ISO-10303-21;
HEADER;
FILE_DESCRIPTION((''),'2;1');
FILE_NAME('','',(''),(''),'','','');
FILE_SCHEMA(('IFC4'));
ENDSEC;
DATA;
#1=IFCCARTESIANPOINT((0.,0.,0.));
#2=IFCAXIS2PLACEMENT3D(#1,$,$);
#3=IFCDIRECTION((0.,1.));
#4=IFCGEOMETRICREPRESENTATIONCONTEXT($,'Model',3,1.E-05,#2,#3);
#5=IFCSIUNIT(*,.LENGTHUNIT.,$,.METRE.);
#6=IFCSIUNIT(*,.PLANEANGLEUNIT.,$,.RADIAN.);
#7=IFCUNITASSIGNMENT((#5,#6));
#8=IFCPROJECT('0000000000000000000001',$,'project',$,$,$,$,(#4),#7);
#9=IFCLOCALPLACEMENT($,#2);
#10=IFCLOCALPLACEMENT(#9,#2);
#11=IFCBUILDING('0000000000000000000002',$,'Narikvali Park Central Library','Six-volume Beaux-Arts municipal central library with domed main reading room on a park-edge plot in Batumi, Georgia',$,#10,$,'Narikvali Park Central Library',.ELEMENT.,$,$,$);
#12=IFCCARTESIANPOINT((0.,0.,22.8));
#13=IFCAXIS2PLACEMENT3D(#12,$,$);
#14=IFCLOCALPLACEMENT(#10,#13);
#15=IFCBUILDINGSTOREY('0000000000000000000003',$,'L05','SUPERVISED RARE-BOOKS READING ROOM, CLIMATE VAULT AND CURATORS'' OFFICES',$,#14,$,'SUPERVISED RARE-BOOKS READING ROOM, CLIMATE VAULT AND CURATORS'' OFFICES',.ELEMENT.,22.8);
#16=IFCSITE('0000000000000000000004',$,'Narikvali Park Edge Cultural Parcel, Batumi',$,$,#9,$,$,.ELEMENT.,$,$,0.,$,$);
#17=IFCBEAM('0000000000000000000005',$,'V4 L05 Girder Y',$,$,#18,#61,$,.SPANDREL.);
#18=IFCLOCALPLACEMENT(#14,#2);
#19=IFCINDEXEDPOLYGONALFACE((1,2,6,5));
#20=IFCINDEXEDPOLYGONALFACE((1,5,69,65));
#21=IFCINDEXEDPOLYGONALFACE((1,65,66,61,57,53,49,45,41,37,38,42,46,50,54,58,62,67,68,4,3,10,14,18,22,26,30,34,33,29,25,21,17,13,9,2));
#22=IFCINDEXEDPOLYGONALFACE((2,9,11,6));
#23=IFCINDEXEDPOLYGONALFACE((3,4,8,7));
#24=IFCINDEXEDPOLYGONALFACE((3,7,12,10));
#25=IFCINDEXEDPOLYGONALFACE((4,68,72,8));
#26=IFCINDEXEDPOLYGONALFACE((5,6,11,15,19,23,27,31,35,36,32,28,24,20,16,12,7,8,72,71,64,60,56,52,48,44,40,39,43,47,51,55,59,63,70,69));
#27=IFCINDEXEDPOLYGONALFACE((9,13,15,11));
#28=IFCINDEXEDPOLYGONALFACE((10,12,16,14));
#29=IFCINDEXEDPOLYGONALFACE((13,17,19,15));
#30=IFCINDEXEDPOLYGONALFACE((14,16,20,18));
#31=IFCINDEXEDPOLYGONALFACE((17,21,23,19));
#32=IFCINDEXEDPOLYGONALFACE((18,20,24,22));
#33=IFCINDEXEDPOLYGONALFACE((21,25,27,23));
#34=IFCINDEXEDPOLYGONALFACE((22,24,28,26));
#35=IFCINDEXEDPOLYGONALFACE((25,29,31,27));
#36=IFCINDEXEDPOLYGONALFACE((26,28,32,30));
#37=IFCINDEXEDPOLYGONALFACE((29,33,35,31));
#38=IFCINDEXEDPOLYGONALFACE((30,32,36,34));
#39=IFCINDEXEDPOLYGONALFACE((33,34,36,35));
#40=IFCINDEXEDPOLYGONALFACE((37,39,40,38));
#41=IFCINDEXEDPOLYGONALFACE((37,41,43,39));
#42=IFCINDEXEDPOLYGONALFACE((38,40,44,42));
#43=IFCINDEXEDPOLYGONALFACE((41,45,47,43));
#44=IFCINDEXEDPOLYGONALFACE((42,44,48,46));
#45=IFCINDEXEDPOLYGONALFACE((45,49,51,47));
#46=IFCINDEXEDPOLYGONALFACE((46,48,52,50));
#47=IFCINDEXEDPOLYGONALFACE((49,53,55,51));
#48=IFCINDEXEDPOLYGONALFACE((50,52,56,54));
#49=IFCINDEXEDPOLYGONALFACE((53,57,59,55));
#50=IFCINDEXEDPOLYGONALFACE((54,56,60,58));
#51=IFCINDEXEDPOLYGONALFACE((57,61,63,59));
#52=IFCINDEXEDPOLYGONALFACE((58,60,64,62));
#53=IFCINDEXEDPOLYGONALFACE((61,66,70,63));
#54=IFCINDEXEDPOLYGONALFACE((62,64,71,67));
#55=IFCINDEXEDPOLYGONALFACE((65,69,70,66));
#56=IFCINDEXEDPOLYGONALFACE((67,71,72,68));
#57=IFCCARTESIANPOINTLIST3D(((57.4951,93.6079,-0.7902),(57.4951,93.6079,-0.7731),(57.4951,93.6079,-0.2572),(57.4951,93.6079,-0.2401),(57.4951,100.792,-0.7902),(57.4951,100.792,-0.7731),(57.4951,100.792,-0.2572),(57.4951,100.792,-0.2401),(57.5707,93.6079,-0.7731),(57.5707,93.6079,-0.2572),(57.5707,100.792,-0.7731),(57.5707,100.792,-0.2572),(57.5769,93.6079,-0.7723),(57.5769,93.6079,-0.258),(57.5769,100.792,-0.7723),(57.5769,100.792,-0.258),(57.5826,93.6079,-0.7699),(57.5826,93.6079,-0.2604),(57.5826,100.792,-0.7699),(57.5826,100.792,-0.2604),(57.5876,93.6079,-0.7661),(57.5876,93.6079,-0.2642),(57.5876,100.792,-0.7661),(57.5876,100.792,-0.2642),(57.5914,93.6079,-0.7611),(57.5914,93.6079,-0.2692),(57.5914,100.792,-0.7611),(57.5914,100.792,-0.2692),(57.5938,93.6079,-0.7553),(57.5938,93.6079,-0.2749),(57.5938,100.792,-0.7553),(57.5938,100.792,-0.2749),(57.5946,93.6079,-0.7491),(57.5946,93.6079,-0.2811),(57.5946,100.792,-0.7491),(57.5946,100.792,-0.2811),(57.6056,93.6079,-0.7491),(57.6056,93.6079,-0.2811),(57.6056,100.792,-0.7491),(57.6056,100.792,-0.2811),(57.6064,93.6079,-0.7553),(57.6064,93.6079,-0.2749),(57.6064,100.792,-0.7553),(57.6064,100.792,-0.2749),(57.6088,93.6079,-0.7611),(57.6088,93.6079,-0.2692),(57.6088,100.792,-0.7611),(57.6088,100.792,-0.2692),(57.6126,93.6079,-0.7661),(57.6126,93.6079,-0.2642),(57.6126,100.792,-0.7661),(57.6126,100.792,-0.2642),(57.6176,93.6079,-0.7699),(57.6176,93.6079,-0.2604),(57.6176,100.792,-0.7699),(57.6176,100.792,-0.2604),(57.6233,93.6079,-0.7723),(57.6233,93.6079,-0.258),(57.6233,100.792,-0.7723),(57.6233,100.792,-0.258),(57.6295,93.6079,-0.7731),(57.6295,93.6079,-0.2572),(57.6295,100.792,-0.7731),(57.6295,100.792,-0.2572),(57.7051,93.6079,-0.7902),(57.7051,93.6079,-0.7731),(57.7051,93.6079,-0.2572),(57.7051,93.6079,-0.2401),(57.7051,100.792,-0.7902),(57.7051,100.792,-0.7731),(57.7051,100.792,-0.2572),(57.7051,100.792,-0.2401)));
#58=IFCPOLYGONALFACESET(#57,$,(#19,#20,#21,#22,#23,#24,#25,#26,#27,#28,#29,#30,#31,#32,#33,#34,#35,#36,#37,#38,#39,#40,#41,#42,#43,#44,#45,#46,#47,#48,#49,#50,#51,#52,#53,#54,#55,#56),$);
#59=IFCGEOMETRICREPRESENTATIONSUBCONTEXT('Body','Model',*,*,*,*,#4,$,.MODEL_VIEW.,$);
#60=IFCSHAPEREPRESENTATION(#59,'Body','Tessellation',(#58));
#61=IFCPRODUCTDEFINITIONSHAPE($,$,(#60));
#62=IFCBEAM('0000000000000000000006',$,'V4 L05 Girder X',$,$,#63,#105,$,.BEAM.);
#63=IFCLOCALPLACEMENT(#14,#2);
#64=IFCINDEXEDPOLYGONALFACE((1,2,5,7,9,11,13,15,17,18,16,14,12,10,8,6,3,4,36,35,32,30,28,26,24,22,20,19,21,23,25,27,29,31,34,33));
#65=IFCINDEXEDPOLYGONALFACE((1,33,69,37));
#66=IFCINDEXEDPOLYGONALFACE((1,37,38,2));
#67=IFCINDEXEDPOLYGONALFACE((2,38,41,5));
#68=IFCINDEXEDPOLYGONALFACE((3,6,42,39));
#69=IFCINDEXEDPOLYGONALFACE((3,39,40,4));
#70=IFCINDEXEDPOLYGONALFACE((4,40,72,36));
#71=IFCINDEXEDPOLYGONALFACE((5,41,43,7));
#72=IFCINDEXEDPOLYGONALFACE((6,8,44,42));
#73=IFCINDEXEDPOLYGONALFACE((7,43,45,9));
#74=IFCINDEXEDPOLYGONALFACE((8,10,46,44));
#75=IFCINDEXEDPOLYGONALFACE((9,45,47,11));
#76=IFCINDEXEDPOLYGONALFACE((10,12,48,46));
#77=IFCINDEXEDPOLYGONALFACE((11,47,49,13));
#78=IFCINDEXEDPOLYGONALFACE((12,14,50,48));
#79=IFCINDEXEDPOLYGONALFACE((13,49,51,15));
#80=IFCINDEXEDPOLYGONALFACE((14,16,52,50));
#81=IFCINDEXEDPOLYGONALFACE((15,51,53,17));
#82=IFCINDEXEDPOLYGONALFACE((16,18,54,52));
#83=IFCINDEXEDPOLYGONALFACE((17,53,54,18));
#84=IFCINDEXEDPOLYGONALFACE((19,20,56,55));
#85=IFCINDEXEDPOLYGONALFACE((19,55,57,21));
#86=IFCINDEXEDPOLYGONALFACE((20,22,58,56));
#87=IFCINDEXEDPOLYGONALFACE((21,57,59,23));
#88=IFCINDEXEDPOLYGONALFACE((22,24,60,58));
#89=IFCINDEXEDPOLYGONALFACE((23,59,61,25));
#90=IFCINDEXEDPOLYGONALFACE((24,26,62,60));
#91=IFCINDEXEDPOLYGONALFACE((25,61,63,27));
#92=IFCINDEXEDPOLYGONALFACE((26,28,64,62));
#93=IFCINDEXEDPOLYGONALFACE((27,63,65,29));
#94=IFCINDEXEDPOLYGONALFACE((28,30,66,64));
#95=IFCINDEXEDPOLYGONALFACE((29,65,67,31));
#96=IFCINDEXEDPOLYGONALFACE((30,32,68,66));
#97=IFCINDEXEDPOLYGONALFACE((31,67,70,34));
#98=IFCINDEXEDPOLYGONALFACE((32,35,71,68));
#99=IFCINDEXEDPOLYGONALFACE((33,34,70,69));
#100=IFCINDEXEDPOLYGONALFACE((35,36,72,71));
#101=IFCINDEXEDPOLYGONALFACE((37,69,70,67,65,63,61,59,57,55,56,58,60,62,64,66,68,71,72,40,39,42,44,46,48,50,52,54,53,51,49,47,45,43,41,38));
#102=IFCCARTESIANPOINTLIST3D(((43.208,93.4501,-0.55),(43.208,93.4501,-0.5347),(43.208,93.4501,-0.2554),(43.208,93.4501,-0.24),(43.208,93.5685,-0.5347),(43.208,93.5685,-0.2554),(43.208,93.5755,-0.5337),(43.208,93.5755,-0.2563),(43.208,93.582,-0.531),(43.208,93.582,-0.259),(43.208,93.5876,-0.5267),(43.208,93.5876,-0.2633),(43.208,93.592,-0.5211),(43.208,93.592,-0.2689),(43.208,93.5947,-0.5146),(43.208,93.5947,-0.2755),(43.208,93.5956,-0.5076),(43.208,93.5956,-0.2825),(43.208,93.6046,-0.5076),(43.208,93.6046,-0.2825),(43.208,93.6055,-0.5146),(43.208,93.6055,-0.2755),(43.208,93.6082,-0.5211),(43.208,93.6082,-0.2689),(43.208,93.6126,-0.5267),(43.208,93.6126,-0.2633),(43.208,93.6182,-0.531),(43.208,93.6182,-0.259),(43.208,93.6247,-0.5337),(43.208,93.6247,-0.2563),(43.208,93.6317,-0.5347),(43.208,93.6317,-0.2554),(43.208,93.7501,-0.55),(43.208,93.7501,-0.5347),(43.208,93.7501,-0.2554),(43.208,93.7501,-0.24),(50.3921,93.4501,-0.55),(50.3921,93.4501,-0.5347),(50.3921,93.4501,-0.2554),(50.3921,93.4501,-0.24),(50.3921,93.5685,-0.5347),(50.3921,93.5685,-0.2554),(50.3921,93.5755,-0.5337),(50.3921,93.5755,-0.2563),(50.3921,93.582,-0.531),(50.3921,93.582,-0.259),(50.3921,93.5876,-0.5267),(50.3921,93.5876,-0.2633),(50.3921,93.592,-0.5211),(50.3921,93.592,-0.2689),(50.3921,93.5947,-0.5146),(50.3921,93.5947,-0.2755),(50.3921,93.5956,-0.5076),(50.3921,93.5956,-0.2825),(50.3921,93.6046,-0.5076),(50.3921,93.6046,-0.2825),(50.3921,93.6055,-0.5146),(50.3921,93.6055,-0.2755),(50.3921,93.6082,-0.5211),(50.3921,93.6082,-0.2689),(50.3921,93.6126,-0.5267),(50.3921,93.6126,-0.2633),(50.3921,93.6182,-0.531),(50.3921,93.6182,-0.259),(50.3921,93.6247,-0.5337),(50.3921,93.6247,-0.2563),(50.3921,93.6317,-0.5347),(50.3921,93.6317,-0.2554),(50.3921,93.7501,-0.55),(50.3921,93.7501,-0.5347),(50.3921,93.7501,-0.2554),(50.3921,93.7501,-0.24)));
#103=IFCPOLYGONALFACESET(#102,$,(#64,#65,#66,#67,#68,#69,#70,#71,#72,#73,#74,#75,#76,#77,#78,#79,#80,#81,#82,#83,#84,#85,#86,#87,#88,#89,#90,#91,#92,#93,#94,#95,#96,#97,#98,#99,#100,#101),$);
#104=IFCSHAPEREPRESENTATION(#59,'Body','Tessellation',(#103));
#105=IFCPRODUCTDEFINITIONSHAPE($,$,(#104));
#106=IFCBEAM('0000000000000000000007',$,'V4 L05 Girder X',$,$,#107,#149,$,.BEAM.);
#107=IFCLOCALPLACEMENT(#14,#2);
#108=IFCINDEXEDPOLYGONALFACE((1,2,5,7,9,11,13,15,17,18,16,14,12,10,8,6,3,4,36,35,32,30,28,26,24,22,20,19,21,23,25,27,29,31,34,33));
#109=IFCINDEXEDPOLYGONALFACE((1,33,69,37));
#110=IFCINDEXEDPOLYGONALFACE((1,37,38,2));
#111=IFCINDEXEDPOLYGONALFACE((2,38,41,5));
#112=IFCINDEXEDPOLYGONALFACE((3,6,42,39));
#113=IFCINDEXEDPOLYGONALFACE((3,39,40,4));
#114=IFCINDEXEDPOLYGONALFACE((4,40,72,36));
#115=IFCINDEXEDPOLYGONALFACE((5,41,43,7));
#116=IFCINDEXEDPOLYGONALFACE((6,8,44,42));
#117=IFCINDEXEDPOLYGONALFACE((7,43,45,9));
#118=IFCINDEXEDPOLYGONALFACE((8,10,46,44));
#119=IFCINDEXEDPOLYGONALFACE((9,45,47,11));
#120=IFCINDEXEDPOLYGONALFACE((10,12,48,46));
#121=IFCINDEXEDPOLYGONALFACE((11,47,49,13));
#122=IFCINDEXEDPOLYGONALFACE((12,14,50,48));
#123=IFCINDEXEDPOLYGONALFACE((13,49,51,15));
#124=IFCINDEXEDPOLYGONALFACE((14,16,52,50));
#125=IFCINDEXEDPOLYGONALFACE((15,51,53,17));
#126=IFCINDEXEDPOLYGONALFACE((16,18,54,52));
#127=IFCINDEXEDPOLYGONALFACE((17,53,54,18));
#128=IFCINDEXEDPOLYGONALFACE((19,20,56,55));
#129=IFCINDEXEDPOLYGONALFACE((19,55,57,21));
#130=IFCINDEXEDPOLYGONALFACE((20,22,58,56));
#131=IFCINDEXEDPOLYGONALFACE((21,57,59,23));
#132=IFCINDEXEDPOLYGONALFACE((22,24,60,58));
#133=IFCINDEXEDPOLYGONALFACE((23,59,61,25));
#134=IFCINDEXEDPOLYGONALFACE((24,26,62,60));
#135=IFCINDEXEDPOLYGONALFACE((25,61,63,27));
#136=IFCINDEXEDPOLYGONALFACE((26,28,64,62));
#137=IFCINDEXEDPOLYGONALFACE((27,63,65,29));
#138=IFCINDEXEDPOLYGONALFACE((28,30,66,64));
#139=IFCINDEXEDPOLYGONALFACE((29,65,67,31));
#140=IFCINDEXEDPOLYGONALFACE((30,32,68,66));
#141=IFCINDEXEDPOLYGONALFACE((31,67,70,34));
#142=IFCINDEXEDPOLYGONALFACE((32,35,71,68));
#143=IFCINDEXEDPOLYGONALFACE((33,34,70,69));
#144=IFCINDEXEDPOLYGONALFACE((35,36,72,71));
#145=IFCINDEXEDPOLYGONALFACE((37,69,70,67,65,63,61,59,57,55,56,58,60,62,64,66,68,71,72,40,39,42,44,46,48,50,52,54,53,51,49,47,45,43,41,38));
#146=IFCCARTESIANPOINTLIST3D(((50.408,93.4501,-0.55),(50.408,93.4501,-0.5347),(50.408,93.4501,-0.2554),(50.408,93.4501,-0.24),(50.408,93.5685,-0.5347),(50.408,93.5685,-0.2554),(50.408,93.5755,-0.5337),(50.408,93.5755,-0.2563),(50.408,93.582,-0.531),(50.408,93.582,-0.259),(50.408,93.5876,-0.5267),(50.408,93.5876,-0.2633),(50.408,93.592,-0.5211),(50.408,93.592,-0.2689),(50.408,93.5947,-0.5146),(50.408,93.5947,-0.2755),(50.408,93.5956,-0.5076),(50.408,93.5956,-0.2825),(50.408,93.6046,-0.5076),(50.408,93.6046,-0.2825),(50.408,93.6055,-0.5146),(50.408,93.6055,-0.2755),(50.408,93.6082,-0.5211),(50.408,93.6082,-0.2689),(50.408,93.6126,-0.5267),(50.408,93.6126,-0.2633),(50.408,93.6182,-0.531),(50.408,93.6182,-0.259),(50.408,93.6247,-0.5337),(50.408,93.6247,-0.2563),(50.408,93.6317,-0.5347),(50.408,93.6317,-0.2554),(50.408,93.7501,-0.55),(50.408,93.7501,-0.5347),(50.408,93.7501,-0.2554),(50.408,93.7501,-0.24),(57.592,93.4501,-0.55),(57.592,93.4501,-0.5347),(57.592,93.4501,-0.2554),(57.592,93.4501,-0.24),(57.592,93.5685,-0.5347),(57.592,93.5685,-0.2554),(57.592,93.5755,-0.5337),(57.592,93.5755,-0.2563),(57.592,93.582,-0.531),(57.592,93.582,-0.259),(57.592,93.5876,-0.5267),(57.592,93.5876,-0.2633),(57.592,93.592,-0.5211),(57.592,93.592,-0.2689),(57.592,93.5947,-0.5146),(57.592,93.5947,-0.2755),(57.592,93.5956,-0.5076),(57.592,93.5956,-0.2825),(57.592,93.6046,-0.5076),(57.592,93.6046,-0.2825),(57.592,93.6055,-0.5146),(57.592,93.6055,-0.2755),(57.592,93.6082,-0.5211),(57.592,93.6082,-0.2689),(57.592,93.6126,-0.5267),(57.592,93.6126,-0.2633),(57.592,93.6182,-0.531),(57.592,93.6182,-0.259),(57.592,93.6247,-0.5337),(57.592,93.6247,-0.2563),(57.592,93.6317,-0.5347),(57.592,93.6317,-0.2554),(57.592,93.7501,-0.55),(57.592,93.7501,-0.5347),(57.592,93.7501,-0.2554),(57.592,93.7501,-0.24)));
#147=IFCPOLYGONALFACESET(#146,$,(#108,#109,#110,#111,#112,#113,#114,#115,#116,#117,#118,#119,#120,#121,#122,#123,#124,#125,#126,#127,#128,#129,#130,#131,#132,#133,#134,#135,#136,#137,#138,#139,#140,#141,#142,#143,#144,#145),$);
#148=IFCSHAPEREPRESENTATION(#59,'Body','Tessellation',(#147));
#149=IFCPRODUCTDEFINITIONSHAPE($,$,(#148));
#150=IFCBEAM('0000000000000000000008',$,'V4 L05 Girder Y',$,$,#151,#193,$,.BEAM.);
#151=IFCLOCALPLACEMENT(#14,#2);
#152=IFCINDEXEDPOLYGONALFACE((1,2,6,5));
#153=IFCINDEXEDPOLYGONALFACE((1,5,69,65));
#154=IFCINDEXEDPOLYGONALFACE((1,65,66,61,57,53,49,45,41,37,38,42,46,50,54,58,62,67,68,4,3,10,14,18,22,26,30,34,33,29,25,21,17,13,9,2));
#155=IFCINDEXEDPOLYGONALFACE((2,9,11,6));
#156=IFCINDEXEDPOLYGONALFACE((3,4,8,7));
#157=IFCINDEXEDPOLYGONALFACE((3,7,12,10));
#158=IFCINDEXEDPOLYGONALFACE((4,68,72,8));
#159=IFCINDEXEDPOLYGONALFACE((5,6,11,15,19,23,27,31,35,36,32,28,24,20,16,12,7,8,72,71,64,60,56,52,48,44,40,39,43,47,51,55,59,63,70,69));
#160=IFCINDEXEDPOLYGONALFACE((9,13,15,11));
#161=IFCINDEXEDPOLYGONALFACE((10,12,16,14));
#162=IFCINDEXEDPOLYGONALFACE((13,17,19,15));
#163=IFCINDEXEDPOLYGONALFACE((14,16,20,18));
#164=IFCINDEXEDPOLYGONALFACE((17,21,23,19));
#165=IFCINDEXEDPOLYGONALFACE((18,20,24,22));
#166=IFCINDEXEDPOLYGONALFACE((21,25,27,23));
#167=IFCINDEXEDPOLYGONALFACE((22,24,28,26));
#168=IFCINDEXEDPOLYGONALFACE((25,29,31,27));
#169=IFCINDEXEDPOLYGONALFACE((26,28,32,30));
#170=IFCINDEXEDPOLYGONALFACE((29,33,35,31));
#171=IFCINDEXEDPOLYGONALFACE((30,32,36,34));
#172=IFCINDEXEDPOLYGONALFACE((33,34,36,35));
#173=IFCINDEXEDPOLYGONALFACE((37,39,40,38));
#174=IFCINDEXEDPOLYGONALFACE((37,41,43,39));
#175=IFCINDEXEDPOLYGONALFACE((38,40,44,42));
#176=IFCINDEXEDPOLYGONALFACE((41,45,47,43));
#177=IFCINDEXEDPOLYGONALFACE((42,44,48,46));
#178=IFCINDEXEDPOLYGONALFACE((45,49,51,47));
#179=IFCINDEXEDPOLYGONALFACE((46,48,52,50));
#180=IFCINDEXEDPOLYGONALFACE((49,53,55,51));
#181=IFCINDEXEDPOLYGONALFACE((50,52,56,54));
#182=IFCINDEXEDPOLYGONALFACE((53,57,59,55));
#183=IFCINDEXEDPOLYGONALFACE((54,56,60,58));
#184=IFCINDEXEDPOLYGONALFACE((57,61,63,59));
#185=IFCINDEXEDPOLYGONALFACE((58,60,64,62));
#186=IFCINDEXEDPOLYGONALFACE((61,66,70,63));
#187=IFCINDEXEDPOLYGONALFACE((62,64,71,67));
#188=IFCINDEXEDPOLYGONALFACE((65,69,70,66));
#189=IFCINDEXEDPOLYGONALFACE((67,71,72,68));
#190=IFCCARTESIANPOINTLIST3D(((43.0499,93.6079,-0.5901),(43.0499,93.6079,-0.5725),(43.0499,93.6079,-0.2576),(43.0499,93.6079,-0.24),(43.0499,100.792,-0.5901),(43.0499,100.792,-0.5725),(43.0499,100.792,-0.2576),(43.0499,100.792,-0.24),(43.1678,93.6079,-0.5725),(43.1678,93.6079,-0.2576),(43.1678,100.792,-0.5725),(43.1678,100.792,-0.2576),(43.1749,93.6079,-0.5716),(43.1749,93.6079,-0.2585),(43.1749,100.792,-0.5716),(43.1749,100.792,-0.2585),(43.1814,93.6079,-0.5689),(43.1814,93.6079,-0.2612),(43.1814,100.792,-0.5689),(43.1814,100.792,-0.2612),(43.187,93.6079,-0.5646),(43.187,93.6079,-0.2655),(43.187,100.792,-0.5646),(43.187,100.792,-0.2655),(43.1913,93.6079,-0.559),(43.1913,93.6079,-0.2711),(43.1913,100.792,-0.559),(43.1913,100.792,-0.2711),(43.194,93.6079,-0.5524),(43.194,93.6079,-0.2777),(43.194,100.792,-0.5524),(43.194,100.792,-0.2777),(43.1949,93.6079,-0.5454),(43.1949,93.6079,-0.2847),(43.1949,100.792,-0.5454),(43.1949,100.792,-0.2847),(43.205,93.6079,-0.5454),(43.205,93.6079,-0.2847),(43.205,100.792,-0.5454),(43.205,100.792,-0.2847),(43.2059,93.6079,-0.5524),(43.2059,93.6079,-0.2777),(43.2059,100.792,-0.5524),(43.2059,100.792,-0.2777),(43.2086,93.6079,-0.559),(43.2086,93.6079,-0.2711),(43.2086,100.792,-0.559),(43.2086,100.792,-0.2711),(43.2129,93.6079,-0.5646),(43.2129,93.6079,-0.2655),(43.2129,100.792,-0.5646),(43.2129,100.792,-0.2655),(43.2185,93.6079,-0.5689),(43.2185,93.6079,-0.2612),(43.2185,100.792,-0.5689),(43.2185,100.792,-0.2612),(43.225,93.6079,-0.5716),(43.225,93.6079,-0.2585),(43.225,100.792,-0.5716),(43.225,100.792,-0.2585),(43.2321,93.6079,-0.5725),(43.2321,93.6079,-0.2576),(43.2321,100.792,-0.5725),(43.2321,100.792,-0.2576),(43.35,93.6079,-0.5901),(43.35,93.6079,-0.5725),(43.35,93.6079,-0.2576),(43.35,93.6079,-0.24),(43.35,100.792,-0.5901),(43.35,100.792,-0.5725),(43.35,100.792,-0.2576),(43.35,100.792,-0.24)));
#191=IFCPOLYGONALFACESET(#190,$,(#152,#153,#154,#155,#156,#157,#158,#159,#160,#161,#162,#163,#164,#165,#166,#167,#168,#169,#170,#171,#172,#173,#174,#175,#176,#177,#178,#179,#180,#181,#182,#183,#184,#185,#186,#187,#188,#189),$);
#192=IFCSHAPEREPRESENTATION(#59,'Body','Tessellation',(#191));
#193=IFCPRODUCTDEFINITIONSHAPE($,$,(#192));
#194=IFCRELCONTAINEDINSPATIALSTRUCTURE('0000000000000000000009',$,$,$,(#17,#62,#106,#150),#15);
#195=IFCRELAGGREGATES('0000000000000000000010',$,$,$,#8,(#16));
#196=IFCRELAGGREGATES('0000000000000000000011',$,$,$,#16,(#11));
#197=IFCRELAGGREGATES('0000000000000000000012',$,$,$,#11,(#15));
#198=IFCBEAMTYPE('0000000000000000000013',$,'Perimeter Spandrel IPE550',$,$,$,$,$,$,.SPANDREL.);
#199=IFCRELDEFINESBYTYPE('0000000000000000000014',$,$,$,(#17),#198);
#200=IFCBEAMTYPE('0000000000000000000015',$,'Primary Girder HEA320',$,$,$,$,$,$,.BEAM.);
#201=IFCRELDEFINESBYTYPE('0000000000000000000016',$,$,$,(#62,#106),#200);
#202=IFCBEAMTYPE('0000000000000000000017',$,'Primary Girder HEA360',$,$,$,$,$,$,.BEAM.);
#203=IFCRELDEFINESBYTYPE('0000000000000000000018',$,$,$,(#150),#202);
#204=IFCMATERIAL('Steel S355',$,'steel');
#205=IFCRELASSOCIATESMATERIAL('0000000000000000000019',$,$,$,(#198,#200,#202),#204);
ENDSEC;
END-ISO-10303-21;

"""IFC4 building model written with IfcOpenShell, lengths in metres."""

from ifc_helpers import new_model, si_unit, direction, frame, origin, origin_2d, place, context, subcontext, project, spatial, i_section, extrude, material, material_profile, profile_set, type_object, element, save


model = new_model("IFC4")

# Units and contexts
model_context = context("Model", 3, precision=1e-05, world=origin(), true_north=direction((0.0, 1.0)))
body_context = subcontext(model_context, "Body", "Model", "MODEL_VIEW")
ifc_project = project(units=[si_unit("LENGTHUNIT", "METRE"), si_unit("PLANEANGLEUNIT", "RADIAN")], contexts=[model_context])

# Site, building, storey
site_placement = place(None, origin())
site = spatial("IfcSite", under=ifc_project, at=site_placement, Name="Narikvali Park Edge Cultural Parcel, Batumi", CompositionType="ELEMENT", RefElevation=0.0)
building_placement = place(site_placement, origin())
building = spatial("IfcBuilding", under=site, at=building_placement, Name="Narikvali Park Central Library", Description="Six-volume Beaux-Arts municipal central library with domed main reading room on a park-edge plot in Batumi, Georgia", LongName="Narikvali Park Central Library", CompositionType="ELEMENT")
storey_placement = place(building_placement, frame((0.0, 0.0, 22.8)))
storey = spatial("IfcBuildingStorey", under=building, at=storey_placement, Name="L05", Description="SUPERVISED RARE-BOOKS READING ROOM, CLIMATE VAULT AND CURATORS' OFFICES", LongName="SUPERVISED RARE-BOOKS READING ROOM, CLIMATE VAULT AND CURATORS' OFFICES", CompositionType="ELEMENT", Elevation=22.8)

# Shared definitions
ifc_material_1 = material(Name="Steel S355", Category="steel")

# Beams
ifc_material_profile_1 = material_profile(ifc_material_1, i_section(OverallWidth=0.21, OverallDepth=0.55, WebThickness=0.011, FlangeThickness=0.0171, FilletRadius=0.0239, at=origin_2d()), Name="IPE 550")
ifc_profile_set_1 = profile_set([ifc_material_profile_1], Name="Steel S355")
beam_type_1 = type_object("IfcBeamType", Name="Perimeter Spandrel IPE550", PredefinedType="SPANDREL", material=ifc_profile_set_1)
for number, where, z_axis, x_axis, name in (
    (1, (57.6001, 93.6079, -0.5151), (0.0, 1.0, 0.0), (-1.0, 0.0, 0.0), "V4 L05 Girder Y"),
):
    element("IfcBeam", number, at=place(storey_placement, frame(where, z_axis=z_axis, x_axis=x_axis)), inside=storey, type_object=beam_type_1, Name=name, PredefinedType="SPANDREL", context=body_context, shape_type="SweptSolid", body=[
        extrude(i_section(OverallWidth=0.21, OverallDepth=0.55, WebThickness=0.011, FlangeThickness=0.0171, FilletRadius=0.0239, at=origin_2d()), origin(), (0.0, 0.0, 1.0), 7.1841),
    ])
ifc_material_profile_2 = material_profile(ifc_material_1, i_section(OverallWidth=0.3, OverallDepth=0.3101, WebThickness=0.009, FlangeThickness=0.0154, FilletRadius=0.0271, at=origin_2d()), Name="HEA 320")
ifc_profile_set_2 = profile_set([ifc_material_profile_2], Name="Steel S355")
beam_type_2 = type_object("IfcBeamType", Name="Primary Girder HEA320", PredefinedType="BEAM", material=ifc_profile_set_2)
for number, where, z_axis, x_axis, name in (
    (2, (43.208, 93.6001, -0.395), (1.0, 0.0, 0.0), (0.0, 1.0, 0.0), "V4 L05 Girder X"),
    (3, (50.408, 93.6001, -0.395), (1.0, 0.0, 0.0), (0.0, 1.0, 0.0), "V4 L05 Girder X"),
):
    element("IfcBeam", number, at=place(storey_placement, frame(where, z_axis=z_axis, x_axis=x_axis)), inside=storey, type_object=beam_type_2, Name=name, PredefinedType="BEAM", context=body_context, shape_type="SweptSolid", body=[
        extrude(i_section(OverallWidth=0.3, OverallDepth=0.3101, WebThickness=0.009, FlangeThickness=0.0154, FilletRadius=0.0271, at=origin_2d()), origin(), (0.0, 0.0, 1.0), 7.1841),
    ])
ifc_material_profile_3 = material_profile(ifc_material_1, i_section(OverallWidth=0.3, OverallDepth=0.3501, WebThickness=0.01, FlangeThickness=0.0176, FilletRadius=0.0271, at=origin_2d()), Name="HEA 360")
ifc_profile_set_3 = profile_set([ifc_material_profile_3], Name="Steel S355")
beam_type_3 = type_object("IfcBeamType", Name="Primary Girder HEA360", PredefinedType="BEAM", material=ifc_profile_set_3)
for number, where, z_axis, x_axis, name in (
    (4, (43.2, 93.6079, -0.415), (0.0, 1.0, 0.0), (-1.0, 0.0, 0.0), "V4 L05 Girder Y"),
):
    element("IfcBeam", number, at=place(storey_placement, frame(where, z_axis=z_axis, x_axis=x_axis)), inside=storey, type_object=beam_type_3, Name=name, PredefinedType="BEAM", context=body_context, shape_type="SweptSolid", body=[
        extrude(i_section(OverallWidth=0.3, OverallDepth=0.3501, WebThickness=0.01, FlangeThickness=0.0176, FilletRadius=0.0271, at=origin_2d()), origin(), (0.0, 0.0, 1.0), 7.1841),
    ])

save(model, "model.ifc")
